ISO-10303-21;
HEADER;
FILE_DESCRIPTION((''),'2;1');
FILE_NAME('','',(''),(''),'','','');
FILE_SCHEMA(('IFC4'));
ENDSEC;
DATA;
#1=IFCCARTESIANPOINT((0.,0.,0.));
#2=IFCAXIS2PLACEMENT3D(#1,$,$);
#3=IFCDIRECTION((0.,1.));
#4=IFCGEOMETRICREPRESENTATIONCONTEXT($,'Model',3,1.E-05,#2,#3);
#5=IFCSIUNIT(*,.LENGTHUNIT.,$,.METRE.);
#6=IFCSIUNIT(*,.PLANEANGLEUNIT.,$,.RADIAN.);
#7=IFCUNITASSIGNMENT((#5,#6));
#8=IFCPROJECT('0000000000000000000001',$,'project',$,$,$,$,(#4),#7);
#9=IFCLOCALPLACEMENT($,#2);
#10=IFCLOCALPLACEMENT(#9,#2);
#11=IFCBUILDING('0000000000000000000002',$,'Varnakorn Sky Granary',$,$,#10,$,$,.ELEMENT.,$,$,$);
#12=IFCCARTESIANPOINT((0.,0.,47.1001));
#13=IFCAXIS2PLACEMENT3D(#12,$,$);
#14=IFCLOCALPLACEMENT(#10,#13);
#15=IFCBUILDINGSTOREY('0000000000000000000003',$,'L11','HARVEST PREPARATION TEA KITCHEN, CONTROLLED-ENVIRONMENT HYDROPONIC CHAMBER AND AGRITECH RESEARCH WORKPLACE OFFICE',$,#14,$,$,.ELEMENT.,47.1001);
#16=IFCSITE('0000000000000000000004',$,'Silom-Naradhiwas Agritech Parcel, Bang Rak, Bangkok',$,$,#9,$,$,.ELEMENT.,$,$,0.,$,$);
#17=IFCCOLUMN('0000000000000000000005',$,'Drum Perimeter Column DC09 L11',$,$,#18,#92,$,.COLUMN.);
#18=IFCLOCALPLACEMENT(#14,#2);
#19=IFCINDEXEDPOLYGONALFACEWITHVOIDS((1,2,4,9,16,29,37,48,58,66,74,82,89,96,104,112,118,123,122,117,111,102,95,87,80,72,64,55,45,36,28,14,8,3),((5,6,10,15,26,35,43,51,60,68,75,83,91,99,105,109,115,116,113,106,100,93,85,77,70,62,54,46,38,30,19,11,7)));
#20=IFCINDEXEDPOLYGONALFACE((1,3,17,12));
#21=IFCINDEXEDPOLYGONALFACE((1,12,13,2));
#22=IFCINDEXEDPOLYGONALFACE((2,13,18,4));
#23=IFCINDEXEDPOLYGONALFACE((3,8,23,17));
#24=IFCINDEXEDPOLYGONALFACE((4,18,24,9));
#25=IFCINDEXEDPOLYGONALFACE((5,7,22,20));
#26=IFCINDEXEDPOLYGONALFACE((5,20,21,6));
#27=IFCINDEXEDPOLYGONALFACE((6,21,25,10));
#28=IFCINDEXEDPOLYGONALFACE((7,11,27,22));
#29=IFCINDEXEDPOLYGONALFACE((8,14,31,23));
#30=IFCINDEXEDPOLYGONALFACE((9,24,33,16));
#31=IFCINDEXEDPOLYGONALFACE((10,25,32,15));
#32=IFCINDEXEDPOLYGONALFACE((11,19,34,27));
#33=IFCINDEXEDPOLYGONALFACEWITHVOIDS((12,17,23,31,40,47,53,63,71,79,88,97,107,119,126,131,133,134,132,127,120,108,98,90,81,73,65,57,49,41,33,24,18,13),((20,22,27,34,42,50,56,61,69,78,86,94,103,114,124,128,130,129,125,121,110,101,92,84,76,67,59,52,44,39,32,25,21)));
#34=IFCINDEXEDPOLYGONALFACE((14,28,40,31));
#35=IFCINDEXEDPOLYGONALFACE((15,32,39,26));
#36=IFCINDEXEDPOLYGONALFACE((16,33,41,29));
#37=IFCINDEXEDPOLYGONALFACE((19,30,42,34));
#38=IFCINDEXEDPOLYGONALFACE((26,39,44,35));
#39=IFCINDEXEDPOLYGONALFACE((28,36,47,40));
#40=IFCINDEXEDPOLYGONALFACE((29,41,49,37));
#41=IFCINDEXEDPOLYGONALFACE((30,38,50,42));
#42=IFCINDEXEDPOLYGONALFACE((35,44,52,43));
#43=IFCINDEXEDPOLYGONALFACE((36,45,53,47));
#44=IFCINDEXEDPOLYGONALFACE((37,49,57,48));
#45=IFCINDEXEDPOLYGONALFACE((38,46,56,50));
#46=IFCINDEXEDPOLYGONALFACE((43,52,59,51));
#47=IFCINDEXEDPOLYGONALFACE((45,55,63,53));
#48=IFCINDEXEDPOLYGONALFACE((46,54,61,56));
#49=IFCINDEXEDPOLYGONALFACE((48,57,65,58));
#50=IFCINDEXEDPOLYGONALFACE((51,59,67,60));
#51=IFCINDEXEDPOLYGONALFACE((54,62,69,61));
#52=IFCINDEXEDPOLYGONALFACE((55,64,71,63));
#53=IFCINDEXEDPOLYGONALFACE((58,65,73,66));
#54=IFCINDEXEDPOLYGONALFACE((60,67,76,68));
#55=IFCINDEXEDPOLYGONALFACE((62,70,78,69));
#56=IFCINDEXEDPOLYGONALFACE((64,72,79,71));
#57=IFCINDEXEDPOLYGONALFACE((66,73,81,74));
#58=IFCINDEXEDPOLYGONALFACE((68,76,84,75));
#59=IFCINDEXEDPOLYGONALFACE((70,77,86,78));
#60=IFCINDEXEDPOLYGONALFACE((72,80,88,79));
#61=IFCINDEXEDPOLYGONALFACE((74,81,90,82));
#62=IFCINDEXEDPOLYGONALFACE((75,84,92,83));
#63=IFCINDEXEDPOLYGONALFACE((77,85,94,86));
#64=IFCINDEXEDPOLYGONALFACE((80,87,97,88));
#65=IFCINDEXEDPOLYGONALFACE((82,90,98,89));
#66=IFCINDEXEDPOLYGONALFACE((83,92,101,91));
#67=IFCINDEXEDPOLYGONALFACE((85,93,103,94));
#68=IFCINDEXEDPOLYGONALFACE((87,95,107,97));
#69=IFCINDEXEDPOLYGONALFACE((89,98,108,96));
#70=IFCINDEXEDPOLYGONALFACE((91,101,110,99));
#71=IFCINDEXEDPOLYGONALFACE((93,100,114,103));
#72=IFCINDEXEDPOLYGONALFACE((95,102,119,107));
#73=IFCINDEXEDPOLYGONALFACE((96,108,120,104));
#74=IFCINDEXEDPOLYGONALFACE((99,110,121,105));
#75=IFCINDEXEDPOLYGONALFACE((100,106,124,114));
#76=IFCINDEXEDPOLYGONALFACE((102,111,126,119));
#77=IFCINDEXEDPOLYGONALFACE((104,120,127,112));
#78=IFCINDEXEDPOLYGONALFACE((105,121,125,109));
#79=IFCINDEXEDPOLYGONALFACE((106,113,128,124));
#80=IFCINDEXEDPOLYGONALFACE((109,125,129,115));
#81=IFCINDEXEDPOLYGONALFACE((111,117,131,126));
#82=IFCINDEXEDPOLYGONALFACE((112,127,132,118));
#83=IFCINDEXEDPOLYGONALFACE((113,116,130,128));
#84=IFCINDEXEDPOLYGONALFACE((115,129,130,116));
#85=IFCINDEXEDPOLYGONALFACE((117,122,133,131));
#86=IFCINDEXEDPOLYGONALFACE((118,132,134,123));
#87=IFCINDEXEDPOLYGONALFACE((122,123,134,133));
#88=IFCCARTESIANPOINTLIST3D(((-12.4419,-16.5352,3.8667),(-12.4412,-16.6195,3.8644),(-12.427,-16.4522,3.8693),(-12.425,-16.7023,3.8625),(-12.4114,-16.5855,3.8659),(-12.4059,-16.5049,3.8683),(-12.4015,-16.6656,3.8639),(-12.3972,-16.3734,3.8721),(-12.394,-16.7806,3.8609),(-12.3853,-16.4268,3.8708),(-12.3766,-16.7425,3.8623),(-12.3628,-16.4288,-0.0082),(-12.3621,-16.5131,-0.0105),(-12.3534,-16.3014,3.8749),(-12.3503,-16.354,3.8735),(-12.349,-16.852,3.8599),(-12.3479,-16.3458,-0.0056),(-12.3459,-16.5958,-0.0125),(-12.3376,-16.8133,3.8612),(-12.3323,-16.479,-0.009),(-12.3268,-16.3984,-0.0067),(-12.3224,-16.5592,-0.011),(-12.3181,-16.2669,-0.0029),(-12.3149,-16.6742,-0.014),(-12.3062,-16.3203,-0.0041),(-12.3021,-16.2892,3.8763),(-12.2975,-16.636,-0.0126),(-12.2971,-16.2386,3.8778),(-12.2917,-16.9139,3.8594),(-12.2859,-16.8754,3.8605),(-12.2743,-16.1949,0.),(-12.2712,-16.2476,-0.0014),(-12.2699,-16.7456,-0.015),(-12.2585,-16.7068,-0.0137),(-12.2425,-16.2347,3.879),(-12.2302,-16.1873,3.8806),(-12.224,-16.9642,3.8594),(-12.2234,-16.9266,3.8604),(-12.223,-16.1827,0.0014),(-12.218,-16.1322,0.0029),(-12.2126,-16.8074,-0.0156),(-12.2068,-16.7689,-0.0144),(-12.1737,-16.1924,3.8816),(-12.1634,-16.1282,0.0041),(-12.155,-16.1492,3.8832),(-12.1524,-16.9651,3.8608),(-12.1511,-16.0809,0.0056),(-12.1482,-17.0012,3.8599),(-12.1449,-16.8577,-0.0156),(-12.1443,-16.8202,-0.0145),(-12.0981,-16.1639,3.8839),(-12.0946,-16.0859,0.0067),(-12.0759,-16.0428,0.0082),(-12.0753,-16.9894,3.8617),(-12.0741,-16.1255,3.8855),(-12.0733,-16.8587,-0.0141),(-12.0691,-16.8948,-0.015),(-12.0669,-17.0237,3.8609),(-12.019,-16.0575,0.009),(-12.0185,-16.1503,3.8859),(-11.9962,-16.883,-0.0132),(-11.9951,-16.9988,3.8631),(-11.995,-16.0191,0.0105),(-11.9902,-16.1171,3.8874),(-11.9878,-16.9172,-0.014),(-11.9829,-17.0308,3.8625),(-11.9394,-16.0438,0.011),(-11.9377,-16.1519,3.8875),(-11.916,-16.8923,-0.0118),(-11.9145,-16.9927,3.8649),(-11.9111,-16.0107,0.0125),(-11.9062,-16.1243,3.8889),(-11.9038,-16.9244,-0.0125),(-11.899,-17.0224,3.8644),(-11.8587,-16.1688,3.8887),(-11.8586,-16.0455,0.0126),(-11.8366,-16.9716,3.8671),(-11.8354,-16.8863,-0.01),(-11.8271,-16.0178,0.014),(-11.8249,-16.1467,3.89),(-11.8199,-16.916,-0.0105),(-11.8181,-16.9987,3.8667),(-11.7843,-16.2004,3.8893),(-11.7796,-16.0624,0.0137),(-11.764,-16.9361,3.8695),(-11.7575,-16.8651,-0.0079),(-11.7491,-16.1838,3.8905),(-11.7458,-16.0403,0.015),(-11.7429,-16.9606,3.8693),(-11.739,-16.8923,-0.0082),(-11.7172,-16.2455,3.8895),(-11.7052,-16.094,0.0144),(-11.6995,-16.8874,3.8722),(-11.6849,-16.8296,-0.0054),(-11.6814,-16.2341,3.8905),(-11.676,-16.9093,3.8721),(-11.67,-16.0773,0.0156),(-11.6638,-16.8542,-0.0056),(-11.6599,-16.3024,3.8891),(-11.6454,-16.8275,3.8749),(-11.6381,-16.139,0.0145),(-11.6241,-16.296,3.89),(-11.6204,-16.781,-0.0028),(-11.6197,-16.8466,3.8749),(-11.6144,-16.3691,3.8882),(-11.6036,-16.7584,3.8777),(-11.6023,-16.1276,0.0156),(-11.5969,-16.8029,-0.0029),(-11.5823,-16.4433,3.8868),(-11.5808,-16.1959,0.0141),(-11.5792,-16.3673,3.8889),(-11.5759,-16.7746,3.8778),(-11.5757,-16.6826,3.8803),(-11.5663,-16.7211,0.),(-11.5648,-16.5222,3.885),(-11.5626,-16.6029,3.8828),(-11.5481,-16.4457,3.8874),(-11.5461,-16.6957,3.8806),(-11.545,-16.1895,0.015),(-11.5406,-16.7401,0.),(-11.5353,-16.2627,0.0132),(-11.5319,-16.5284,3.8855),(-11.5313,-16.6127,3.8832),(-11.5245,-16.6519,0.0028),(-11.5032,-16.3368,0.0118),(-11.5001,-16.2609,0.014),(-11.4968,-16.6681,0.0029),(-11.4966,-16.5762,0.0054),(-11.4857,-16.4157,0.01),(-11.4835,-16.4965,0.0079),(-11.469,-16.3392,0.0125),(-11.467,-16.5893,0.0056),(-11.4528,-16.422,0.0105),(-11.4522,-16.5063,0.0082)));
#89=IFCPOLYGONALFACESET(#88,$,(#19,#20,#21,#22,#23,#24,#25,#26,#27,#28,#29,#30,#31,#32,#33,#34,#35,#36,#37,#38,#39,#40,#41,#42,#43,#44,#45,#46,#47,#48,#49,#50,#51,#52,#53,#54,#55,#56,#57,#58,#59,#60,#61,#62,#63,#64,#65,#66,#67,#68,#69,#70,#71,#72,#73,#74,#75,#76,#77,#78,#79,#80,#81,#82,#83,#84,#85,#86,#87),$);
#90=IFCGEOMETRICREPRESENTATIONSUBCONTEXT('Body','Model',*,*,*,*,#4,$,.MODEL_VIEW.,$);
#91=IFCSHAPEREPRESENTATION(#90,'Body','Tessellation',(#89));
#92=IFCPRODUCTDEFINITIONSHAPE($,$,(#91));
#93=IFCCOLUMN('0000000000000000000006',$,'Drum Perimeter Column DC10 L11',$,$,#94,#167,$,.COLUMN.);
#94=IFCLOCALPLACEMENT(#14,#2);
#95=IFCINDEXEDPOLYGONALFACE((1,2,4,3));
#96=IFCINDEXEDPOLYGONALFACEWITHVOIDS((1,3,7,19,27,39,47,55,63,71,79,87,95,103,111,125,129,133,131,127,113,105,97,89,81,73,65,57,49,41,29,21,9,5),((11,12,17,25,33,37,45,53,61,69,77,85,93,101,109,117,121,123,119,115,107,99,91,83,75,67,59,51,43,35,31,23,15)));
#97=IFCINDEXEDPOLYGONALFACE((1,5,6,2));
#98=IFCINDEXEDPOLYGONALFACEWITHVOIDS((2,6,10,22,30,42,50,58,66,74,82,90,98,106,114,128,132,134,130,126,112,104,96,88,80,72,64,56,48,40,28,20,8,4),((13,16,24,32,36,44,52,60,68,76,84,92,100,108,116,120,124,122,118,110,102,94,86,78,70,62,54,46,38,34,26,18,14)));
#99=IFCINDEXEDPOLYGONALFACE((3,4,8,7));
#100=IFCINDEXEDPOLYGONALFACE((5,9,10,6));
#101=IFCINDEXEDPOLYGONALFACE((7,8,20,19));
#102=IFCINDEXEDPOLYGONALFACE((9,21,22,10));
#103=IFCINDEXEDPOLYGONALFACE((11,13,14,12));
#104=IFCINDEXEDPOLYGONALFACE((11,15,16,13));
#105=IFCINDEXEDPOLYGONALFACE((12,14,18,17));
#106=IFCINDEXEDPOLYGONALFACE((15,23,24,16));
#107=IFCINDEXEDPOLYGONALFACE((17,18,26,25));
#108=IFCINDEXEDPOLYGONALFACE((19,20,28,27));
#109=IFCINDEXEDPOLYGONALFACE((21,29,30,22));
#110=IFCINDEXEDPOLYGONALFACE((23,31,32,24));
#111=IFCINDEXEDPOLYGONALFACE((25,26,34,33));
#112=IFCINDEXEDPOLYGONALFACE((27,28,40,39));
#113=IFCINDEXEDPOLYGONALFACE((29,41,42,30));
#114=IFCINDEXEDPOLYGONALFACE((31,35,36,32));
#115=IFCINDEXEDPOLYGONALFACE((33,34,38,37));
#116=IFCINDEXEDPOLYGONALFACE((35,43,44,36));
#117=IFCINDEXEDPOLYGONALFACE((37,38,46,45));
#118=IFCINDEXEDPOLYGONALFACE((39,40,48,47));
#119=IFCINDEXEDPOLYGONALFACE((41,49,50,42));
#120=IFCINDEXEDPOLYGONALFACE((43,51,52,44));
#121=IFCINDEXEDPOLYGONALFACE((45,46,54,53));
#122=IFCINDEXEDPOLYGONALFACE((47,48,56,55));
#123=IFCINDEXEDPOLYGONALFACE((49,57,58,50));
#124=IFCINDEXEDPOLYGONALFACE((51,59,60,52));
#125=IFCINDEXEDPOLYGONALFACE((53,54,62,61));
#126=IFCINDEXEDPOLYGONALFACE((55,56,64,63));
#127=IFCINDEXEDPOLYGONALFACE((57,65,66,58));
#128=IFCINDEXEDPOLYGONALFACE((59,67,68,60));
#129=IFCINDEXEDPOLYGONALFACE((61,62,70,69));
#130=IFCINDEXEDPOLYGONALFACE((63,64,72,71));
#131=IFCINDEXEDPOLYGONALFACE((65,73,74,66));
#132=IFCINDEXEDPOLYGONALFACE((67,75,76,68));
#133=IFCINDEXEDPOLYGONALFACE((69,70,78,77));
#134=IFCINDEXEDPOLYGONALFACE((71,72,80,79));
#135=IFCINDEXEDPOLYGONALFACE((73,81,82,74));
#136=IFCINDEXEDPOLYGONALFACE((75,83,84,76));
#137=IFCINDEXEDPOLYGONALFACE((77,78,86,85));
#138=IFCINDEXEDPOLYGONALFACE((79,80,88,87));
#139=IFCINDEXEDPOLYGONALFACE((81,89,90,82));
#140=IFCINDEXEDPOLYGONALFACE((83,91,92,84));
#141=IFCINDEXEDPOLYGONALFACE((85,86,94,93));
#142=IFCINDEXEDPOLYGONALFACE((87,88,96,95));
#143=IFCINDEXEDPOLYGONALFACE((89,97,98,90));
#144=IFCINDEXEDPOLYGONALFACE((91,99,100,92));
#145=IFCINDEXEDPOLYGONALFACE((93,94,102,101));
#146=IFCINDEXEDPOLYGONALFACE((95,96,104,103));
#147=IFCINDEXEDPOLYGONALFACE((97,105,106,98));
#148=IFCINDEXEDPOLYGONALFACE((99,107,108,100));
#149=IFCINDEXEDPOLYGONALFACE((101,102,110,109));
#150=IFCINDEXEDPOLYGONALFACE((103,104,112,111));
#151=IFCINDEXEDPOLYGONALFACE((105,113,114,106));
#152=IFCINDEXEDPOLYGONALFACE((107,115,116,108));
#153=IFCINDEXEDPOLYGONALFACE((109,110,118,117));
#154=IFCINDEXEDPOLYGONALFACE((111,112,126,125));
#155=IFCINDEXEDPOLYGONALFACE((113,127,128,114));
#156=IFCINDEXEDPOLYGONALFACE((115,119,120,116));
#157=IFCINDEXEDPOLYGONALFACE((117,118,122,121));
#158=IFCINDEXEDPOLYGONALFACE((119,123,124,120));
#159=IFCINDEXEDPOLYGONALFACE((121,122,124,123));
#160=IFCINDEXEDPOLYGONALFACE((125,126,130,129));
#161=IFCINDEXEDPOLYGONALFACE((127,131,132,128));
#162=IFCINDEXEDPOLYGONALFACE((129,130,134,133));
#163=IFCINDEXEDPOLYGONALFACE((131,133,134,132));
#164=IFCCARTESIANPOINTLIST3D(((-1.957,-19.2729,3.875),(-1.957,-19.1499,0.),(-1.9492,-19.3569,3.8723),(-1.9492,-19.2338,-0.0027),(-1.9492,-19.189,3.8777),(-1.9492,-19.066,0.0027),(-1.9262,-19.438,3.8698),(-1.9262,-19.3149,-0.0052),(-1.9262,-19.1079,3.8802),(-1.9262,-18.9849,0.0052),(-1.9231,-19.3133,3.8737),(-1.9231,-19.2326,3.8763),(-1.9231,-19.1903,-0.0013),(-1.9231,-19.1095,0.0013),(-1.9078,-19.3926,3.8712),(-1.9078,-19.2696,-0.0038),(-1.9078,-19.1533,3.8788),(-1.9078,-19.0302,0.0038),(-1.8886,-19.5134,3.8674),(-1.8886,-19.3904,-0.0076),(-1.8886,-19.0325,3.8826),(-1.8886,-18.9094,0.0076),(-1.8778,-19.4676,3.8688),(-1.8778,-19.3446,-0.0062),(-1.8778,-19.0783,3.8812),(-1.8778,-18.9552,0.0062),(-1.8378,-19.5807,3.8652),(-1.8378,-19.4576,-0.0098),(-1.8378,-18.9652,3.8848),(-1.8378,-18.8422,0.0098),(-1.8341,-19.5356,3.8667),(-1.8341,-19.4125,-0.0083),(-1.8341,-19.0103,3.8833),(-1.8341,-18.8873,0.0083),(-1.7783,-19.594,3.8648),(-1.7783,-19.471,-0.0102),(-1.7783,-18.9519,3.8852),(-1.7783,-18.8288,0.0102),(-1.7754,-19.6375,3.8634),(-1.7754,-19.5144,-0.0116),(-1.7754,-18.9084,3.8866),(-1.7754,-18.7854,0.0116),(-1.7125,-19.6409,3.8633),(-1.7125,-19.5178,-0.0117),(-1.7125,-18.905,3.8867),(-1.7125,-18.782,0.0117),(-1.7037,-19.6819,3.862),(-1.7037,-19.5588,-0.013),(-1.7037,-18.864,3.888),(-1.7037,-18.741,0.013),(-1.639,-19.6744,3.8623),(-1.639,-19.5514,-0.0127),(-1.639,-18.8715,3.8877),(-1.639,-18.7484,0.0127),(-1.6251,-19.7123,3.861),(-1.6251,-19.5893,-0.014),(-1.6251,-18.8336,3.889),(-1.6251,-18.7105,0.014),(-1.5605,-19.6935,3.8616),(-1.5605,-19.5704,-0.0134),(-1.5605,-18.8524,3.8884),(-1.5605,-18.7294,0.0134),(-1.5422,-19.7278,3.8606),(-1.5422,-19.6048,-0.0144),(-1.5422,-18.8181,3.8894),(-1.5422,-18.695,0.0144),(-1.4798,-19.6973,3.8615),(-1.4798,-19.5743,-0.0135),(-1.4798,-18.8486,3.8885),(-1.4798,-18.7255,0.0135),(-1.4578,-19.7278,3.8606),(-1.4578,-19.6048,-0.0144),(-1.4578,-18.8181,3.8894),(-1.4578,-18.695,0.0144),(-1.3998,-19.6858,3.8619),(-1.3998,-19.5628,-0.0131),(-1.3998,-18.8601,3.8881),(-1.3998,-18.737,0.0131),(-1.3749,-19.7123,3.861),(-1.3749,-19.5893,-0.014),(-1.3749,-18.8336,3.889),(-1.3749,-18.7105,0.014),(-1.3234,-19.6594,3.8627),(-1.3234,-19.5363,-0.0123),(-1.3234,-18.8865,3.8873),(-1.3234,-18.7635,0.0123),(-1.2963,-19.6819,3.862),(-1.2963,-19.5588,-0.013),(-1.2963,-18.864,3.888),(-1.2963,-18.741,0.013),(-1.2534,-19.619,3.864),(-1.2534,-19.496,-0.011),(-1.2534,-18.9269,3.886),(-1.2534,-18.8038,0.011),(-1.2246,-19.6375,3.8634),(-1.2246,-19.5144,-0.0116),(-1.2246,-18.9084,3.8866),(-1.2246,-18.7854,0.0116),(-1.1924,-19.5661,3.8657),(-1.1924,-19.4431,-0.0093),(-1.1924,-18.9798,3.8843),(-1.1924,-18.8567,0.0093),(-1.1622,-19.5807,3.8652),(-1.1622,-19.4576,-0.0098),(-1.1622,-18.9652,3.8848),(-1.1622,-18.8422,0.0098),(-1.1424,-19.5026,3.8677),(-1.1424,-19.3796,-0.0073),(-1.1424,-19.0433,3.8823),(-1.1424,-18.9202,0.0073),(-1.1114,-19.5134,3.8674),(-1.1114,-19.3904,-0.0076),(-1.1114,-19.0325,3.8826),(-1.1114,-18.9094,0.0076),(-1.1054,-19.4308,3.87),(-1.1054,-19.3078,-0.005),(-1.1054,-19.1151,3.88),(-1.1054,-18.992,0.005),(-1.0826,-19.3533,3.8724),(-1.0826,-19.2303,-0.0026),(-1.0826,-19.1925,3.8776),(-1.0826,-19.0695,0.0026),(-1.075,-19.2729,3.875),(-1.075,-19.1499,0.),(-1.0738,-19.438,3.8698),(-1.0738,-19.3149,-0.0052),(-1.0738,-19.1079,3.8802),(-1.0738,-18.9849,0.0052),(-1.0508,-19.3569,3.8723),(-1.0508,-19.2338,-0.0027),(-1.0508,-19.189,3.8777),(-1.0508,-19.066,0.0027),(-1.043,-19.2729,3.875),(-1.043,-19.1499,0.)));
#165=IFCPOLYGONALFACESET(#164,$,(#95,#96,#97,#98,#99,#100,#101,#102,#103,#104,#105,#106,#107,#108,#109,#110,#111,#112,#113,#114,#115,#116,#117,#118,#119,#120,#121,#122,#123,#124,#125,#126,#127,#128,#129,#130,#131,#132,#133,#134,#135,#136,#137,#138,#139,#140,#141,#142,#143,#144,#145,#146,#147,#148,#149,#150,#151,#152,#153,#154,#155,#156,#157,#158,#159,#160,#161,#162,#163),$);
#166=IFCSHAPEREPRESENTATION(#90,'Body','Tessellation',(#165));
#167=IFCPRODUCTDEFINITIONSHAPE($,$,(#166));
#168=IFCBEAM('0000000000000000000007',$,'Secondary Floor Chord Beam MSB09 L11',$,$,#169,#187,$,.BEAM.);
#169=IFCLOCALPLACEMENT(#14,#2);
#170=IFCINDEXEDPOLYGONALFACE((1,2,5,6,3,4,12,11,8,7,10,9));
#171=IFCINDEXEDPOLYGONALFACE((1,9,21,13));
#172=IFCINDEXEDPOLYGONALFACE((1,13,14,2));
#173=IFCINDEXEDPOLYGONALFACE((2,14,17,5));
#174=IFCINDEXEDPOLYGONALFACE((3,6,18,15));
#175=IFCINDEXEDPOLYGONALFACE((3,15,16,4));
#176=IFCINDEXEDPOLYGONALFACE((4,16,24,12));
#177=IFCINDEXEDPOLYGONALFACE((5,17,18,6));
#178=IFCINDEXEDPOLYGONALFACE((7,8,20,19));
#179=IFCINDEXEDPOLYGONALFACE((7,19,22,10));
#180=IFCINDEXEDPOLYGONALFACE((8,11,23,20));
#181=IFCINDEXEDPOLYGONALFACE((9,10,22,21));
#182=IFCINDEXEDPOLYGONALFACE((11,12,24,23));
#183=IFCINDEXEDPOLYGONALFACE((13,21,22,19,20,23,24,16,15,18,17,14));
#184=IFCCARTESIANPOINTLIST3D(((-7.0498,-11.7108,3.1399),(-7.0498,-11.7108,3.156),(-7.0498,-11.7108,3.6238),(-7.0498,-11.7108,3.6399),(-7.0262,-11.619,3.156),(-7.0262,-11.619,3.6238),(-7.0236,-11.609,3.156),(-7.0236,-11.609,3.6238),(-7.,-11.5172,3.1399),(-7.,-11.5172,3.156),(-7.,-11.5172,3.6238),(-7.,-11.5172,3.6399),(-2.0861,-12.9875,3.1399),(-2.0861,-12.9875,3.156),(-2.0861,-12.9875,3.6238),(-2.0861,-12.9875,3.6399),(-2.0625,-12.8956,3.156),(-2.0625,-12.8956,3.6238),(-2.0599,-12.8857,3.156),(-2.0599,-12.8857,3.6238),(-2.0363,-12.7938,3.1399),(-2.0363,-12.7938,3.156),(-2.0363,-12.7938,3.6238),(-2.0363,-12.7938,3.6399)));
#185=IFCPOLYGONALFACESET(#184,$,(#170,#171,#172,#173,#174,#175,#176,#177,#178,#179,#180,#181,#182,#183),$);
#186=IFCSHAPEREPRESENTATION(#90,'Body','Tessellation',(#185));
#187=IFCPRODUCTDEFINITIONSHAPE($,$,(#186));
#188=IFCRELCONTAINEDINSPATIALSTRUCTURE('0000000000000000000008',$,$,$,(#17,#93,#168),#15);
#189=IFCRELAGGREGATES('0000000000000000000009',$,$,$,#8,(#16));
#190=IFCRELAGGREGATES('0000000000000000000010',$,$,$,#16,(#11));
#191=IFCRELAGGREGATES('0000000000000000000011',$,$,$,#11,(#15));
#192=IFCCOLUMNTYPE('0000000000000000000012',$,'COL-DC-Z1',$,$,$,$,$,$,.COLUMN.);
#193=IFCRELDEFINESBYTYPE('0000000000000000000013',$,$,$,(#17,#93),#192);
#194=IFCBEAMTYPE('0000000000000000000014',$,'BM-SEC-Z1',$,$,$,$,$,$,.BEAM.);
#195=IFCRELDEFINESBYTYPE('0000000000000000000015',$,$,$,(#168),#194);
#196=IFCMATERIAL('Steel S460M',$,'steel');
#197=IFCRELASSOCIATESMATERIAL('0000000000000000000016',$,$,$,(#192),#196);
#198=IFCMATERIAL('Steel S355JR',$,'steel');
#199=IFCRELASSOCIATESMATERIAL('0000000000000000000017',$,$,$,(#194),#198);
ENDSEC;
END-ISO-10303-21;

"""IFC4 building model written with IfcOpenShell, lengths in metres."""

from ifc_helpers import new_model, si_unit, direction, frame, origin, origin_2d, place, context, subcontext, project, spatial, hollow_circle, i_section, extrude, material, material_profile, profile_set, type_object, element, save


model = new_model("IFC4")

# Units and contexts
model_context = context("Model", 3, precision=1e-05, world=origin(), true_north=direction((0.0, 1.0)))
body_context = subcontext(model_context, "Body", "Model", "MODEL_VIEW")
ifc_project = project(units=[si_unit("LENGTHUNIT", "METRE"), si_unit("PLANEANGLEUNIT", "RADIAN")], contexts=[model_context])

# Site, building, storey
site_placement = place(None, origin())
site = spatial("IfcSite", under=ifc_project, at=site_placement, Name="Silom-Naradhiwas Agritech Parcel, Bang Rak, Bangkok", CompositionType="ELEMENT", RefElevation=0.0)
building_placement = place(site_placement, origin())
building = spatial("IfcBuilding", under=site, at=building_placement, Name="Varnakorn Sky Granary", CompositionType="ELEMENT")
storey_placement = place(building_placement, frame((0.0, 0.0, 47.1001)))
storey = spatial("IfcBuildingStorey", under=building, at=storey_placement, Name="L11", Description="HARVEST PREPARATION TEA KITCHEN, CONTROLLED-ENVIRONMENT HYDROPONIC CHAMBER AND AGRITECH RESEARCH WORKPLACE OFFICE", CompositionType="ELEMENT", Elevation=47.1001)

# Columns
ifc_material_1 = material(Name="Steel S460M", Category="steel")
ifc_material_profile_1 = material_profile(ifc_material_1, hollow_circle(Radius=0.457, WallThickness=0.032, at=origin_2d()), Name="CHS 914x32")
ifc_profile_set_1 = profile_set([ifc_material_profile_1], Name="Steel S460M")
column_type = type_object("IfcColumnType", Name="COL-DC-Z1", PredefinedType="COLUMN", material=ifc_profile_set_1)
column_1_placement = place(storey_placement, frame((-11.9075, -16.4675, 0.0), z_axis=(-0.020401, -0.027454, 0.999415), x_axis=(0.802643, -0.59646, 0.0)))
element("IfcColumn", 1, at=column_1_placement, inside=storey, type_object=column_type, Name="Drum Perimeter Column DC09 L11", PredefinedType="COLUMN", context=body_context, shape_type="SweptSolid", body=[
    extrude(hollow_circle(Radius=0.457, WallThickness=0.032, at=origin_2d()), origin(), (0.0, 0.0, 1.0), 3.8772),
])
column_2_placement = place(storey_placement, frame((-1.5, -19.1499, 0.0), z_axis=(0.0, -0.031738, 0.999496), x_axis=(1.0, 0.0, 0.0)))
element("IfcColumn", 2, at=column_2_placement, inside=storey, type_object=column_type, Name="Drum Perimeter Column DC10 L11", PredefinedType="COLUMN", context=body_context, shape_type="SweptSolid", body=[
    extrude(hollow_circle(Radius=0.457, WallThickness=0.032, at=origin_2d()), origin(), (0.0, 0.0, 1.0), 3.877),
])

# Beam
ifc_material_2 = material(Name="Steel S355JR", Category="steel")
ifc_material_profile_2 = material_profile(ifc_material_2, i_section(OverallWidth=0.2, OverallDepth=0.5, WebThickness=0.0103, FlangeThickness=0.0161, at=origin_2d()), Name="IPE 500")
ifc_profile_set_2 = profile_set([ifc_material_profile_2], Name="Steel S355JR")
beam_type_1 = type_object("IfcBeamType", Name="BM-SEC-Z1", PredefinedType="BEAM", material=ifc_profile_set_2)
beam_1_placement = place(storey_placement, frame((-7.0249, -11.614, 3.3899), z_axis=(0.968481, -0.249087, 0.0), x_axis=(0.249087, 0.968481, 0.0)))
element("IfcBeam", 3, at=beam_1_placement, inside=storey, type_object=beam_type_1, Name="Secondary Floor Chord Beam MSB09 L11", PredefinedType="BEAM", context=body_context, shape_type="SweptSolid", body=[
    extrude(i_section(OverallWidth=0.2, OverallDepth=0.5, WebThickness=0.0103, FlangeThickness=0.0161, at=origin_2d()), origin(), (0.0, 0.0, 1.0), 5.1252),
])

save(model, "model.ifc")
